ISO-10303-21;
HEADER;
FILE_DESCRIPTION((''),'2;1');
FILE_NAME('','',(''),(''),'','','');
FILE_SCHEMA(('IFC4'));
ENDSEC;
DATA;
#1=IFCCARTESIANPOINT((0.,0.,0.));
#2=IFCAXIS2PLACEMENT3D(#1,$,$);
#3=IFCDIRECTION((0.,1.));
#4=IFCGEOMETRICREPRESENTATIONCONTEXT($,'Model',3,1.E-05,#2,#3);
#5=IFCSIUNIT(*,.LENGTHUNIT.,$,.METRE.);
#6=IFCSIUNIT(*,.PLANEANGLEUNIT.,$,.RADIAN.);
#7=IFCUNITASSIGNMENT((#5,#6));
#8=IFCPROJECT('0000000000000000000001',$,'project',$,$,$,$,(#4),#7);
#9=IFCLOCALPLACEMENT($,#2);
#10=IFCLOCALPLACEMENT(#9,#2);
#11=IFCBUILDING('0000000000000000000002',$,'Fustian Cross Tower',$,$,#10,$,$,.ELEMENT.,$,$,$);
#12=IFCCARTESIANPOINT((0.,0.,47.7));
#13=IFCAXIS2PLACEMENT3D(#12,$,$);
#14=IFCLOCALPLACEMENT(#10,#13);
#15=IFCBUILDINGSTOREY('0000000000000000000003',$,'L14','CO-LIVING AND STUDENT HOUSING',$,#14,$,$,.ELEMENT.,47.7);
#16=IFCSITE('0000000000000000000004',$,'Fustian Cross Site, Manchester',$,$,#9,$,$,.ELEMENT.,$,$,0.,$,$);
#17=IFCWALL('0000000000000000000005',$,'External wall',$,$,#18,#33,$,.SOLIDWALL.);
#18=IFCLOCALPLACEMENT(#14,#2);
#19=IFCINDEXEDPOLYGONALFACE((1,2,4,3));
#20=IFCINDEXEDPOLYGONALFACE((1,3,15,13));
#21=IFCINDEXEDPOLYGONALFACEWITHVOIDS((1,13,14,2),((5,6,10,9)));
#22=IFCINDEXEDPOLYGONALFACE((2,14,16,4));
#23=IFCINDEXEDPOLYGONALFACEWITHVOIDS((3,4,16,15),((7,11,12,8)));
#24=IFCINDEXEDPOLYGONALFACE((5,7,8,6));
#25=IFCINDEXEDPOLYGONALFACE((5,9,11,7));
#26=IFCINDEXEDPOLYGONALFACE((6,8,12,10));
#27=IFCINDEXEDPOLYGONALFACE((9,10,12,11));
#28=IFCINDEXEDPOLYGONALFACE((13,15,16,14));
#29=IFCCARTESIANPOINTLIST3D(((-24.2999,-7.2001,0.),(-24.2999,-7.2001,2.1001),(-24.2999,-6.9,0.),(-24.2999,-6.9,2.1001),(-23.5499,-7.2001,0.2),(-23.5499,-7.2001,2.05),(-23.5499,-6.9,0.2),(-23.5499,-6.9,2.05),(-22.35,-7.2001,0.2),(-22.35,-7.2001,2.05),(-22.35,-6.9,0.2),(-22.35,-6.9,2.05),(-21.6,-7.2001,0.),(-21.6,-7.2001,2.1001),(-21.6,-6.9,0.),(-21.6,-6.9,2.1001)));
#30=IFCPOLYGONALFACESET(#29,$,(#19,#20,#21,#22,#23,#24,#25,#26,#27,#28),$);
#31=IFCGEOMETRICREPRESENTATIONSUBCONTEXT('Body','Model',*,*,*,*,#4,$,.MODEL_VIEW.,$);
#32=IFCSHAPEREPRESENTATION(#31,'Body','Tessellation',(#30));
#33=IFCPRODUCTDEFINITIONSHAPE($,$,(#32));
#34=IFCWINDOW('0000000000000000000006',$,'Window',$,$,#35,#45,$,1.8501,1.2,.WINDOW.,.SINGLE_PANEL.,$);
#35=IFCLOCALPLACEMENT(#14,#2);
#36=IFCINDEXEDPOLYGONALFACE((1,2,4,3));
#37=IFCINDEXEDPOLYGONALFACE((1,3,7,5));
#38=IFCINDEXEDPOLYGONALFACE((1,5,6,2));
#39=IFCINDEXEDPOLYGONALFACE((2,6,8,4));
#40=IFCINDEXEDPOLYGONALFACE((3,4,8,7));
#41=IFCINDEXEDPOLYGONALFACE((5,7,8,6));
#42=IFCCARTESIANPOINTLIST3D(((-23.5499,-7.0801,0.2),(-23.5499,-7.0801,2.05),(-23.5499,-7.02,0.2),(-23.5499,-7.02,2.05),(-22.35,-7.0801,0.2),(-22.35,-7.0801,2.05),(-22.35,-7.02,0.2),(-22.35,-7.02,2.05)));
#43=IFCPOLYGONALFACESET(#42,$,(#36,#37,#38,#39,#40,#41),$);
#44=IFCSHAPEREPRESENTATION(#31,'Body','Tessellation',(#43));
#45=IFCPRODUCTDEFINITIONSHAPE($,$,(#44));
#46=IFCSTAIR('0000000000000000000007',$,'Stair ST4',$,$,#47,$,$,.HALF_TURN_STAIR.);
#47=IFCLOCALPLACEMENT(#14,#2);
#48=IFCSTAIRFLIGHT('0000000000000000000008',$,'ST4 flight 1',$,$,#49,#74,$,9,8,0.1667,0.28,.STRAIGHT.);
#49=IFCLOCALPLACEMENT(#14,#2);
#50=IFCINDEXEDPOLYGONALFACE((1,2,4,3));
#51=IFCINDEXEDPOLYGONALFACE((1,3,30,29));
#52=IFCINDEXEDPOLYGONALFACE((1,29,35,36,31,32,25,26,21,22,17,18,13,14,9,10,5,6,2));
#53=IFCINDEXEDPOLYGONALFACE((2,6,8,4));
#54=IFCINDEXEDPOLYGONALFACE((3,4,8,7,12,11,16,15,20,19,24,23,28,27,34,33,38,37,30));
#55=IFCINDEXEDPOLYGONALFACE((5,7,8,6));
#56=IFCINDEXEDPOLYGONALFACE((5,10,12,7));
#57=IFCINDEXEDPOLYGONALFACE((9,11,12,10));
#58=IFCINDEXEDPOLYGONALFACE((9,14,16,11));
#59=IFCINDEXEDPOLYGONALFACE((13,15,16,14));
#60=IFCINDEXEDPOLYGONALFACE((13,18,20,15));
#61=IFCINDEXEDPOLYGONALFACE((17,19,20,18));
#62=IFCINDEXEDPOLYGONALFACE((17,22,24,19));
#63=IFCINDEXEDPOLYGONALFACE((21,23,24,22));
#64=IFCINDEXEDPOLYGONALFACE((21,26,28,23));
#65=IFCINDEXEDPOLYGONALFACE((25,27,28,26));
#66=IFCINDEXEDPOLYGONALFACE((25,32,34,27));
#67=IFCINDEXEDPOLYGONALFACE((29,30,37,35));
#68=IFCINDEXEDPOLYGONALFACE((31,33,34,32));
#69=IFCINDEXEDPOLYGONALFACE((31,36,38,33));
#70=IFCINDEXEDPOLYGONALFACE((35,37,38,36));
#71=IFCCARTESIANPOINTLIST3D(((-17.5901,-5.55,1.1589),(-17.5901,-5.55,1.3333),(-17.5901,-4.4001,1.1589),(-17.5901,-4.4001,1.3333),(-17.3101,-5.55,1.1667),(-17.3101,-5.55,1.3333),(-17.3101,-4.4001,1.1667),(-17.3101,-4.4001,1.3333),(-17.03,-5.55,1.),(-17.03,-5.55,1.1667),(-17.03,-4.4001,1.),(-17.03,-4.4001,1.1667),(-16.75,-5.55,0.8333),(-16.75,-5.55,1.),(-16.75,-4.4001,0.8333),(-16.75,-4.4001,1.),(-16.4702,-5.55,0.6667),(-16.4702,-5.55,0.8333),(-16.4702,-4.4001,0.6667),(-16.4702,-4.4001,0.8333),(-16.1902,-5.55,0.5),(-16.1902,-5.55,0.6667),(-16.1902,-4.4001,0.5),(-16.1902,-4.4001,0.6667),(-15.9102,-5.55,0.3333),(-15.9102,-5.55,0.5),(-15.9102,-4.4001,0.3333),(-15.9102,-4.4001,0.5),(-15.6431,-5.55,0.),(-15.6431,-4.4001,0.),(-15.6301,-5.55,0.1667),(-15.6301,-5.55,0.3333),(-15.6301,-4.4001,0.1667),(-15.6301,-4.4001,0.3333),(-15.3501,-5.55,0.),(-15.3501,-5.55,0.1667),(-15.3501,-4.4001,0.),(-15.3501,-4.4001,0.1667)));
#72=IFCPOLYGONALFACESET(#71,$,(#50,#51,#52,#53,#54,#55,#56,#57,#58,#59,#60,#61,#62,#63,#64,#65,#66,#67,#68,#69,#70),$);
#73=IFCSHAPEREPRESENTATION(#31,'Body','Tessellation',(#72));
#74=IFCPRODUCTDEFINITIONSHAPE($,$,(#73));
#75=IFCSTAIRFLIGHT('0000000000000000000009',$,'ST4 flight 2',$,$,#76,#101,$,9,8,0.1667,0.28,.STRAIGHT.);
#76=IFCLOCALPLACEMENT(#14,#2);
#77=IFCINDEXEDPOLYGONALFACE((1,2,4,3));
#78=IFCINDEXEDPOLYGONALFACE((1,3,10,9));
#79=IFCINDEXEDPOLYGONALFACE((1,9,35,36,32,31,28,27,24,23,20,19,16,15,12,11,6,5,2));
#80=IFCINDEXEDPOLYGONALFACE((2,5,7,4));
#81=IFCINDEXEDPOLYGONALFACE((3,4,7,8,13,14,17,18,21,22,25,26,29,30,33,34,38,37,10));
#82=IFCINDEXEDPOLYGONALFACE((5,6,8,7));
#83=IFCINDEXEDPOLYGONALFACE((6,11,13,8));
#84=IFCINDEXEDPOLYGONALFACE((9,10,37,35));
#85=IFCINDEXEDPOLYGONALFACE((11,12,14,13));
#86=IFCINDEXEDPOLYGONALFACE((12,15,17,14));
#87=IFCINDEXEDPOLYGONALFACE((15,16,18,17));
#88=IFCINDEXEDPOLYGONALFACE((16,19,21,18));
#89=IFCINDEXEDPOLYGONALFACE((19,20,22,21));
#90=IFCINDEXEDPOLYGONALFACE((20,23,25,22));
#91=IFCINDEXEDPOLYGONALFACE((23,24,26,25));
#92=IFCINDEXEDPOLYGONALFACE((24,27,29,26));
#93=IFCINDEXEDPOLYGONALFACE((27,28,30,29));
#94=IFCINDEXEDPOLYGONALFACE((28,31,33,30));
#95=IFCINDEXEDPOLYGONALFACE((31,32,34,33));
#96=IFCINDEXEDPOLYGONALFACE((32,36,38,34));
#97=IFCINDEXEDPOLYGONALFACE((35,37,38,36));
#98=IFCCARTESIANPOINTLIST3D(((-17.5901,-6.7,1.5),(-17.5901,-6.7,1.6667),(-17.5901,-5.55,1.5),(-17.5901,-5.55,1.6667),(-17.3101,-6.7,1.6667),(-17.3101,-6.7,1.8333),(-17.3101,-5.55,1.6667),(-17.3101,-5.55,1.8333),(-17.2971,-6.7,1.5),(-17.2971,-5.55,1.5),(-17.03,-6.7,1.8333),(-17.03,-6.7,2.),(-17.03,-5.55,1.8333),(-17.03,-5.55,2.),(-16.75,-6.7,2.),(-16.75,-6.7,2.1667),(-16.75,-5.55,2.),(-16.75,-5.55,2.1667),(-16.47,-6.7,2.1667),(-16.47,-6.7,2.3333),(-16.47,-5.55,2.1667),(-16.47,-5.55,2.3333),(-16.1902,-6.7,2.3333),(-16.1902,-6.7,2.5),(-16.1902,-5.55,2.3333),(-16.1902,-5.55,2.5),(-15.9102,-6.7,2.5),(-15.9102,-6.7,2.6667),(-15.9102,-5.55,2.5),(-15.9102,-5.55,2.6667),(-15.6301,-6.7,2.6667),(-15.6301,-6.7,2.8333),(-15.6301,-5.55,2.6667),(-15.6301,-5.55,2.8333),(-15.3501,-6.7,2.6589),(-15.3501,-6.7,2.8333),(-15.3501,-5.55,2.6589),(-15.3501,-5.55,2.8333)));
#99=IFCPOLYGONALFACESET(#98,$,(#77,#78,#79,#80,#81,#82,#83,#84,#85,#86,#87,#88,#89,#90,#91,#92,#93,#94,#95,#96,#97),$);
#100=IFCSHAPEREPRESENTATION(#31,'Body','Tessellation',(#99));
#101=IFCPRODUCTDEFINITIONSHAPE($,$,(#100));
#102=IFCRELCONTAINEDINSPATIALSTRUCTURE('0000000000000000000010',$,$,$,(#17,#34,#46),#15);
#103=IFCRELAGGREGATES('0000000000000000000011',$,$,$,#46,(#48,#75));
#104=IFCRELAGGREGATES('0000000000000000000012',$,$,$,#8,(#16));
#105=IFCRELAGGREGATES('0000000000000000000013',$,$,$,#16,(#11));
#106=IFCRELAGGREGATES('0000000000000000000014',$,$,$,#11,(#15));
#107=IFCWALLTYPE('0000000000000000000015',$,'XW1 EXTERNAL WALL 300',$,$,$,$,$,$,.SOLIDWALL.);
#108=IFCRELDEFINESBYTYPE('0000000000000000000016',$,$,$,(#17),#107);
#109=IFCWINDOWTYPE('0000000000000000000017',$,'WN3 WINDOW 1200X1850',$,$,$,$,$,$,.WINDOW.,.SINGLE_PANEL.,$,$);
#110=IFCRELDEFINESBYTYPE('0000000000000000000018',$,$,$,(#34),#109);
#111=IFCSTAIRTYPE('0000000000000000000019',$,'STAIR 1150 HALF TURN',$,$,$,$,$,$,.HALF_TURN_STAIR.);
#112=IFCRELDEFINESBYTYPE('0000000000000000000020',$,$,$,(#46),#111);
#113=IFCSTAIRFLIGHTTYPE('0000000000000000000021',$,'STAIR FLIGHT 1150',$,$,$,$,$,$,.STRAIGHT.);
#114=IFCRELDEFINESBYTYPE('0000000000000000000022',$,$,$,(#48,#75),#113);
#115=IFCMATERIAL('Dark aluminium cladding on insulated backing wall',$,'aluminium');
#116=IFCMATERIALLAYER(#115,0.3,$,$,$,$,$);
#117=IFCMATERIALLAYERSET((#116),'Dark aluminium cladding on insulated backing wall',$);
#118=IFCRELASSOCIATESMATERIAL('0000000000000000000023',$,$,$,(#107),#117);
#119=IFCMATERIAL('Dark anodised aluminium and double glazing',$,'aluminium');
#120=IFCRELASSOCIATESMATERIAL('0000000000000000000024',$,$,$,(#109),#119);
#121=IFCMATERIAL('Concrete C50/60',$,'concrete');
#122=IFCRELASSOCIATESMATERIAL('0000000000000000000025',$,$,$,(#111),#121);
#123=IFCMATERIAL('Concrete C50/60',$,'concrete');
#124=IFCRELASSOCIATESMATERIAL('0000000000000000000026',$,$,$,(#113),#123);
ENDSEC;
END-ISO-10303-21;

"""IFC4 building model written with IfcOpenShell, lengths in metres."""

from ifc_helpers import new_model, si_unit, direction, frame, frame_2d, origin, place, context, subcontext, project, spatial, polyline, rectangle, outline, extrude, material, layer, layer_set, type_object, element, fill, aggregate, save


model = new_model("IFC4")

# Units and contexts
model_context = context("Model", 3, precision=1e-05, world=origin(), true_north=direction((0.0, 1.0)))
body_context = subcontext(model_context, "Body", "Model", "MODEL_VIEW")
ifc_project = project(units=[si_unit("LENGTHUNIT", "METRE"), si_unit("PLANEANGLEUNIT", "RADIAN")], contexts=[model_context])

# Site, building, storey
site_placement = place(None, origin())
site = spatial("IfcSite", under=ifc_project, at=site_placement, Name="Fustian Cross Site, Manchester", CompositionType="ELEMENT", RefElevation=0.0)
building_placement = place(site_placement, origin())
building = spatial("IfcBuilding", under=site, at=building_placement, Name="Fustian Cross Tower", CompositionType="ELEMENT")
storey_placement = place(building_placement, frame((0.0, 0.0, 47.7)))
storey = spatial("IfcBuildingStorey", under=building, at=storey_placement, Name="L14", Description="CO-LIVING AND STUDENT HOUSING", CompositionType="ELEMENT", Elevation=47.7)

# Wall, opening, window
ifc_material_1 = material(Name="Dark aluminium cladding on insulated backing wall", Category="aluminium")
ifc_layer_1 = layer(ifc_material_1, 0.3)
ifc_layer_set_1 = layer_set([ifc_layer_1], Name="Dark aluminium cladding on insulated backing wall")
wall_type_1 = type_object("IfcWallType", Name="XW1 EXTERNAL WALL 300", PredefinedType="SOLIDWALL", material=ifc_layer_set_1)
wall_1_placement = place(storey_placement, frame((-24.3, -7.05, 0.0), z_axis=(0.0, 0.0, 1.0), x_axis=(1.0, 0.0, 0.0)))
wall_1 = element("IfcWall", 1, at=wall_1_placement, inside=storey, type_object=wall_type_1, Name="External wall", PredefinedType="SOLIDWALL", context=body_context, shape_type="SweptSolid", body=[
    extrude(rectangle(XDim=2.7, YDim=0.3, at=frame_2d((1.3501, 0.0))), origin(), (0.0, 0.0, 1.0), 2.1001),
])
opening_1_placement = place(wall_1_placement, frame((0.75, 0.0, 0.2)))
opening_1 = element("IfcOpeningElement", 2, at=opening_1_placement, cuts=wall_1, PredefinedType="OPENING", context=body_context, shape_type="SweptSolid", body=[
    extrude(rectangle(XDim=1.2, YDim=1.8501, at=frame_2d((0.6001, 0.925))), frame((0.0, 0.1599, 0.0), z_axis=(0.0, -1.0, 0.0), x_axis=(1.0, 0.0, 0.0)), (0.0, 0.0, 1.0), 0.3201),
])
ifc_material_2 = material(Name="Dark anodised aluminium and double glazing", Category="aluminium")
window_type = type_object("IfcWindowType", Name="WN3 WINDOW 1200X1850", PartitioningType="SINGLE_PANEL", PredefinedType="WINDOW", material=ifc_material_2)
window_placement = place(opening_1_placement, origin())
window = element("IfcWindow", 3, at=window_placement, inside=storey, type_object=window_type, Name="Window", OverallHeight=1.8501, OverallWidth=1.2, PartitioningType="SINGLE_PANEL", PredefinedType="WINDOW", context=body_context, shape_type="SweptSolid", body=[
    extrude(rectangle(XDim=1.2, YDim=1.8501, at=frame_2d((0.6001, 0.925))), frame((0.0, 0.03, 0.0), z_axis=(0.0, -1.0, 0.0), x_axis=(1.0, 0.0, 0.0)), (0.0, 0.0, 1.0), 0.0601),
])
fill(opening_1, window)

# Stair, stair flights
ifc_material_3 = material(Name="Concrete C50/60", Category="concrete")
stair_type = type_object("IfcStairType", Name="STAIR 1150 HALF TURN", PredefinedType="HALF_TURN_STAIR", material=ifc_material_3)
stair_placement = place(storey_placement, origin())
stair = element("IfcStair", 4, at=stair_placement, inside=storey, type_object=stair_type, Name="Stair ST4", PredefinedType="HALF_TURN_STAIR")
ifc_material_4 = material(Name="Concrete C50/60", Category="concrete")
stair_flight_type = type_object("IfcStairFlightType", Name="STAIR FLIGHT 1150", PredefinedType="STRAIGHT", material=ifc_material_4)
stair_flight_1_placement = place(storey_placement, frame((-15.3501, -4.9751, 0.0), z_axis=(0.0, 0.0, 1.0), x_axis=(-1.0, 0.0, 0.0)))
stair_flight_1 = element("IfcStairFlight", 5, at=stair_flight_1_placement, type_object=stair_flight_type, Name="ST4 flight 1", NumberOfRisers=9, NumberOfTreads=8, PredefinedType="STRAIGHT", RiserHeight=0.1667, TreadLength=0.28, context=body_context, shape_type="SweptSolid", body=[
    extrude(outline(polyline([(0.0, 0.0), (0.0, 0.1667), (0.28, 0.1667), (0.28, 0.3333), (0.5601, 0.3333), (0.5601, 0.5), (0.8401, 0.5), (0.8401, 0.6667), (1.1201, 0.6667), (1.1201, 0.8333), (1.3999, 0.8333), (1.3999, 1.0), (1.6799, 1.0), (1.6799, 1.1667), (1.96, 1.1667), (1.96, 1.3333), (2.24, 1.3333), (2.24, 1.5), (2.24, 1.1589), (0.293, 0.0), (0.0, 0.0)])), frame((0.0, 0.575, 0.0), z_axis=(0.0, -1.0, 0.0), x_axis=(1.0, 0.0, 0.0)), (0.0, 0.0, 1.0), 1.1499),
])
stair_flight_2_placement = place(storey_placement, frame((-17.5901, -6.125, 1.5), z_axis=(0.0, 0.0, 1.0), x_axis=(1.0, 0.0, 0.0)))
stair_flight_2 = element("IfcStairFlight", 6, at=stair_flight_2_placement, type_object=stair_flight_type, Name="ST4 flight 2", NumberOfRisers=9, NumberOfTreads=8, PredefinedType="STRAIGHT", RiserHeight=0.1667, TreadLength=0.28, context=body_context, shape_type="SweptSolid", body=[
    extrude(outline(polyline([(0.0, 0.0), (0.0, 0.1667), (0.28, 0.1667), (0.28, 0.3333), (0.5601, 0.3333), (0.5601, 0.5), (0.8401, 0.5), (0.8401, 0.6667), (1.1201, 0.6667), (1.1201, 0.8333), (1.3999, 0.8333), (1.3999, 1.0), (1.6799, 1.0), (1.6799, 1.1667), (1.96, 1.1667), (1.96, 1.3333), (2.24, 1.3333), (2.24, 1.5), (2.24, 1.1589), (0.293, 0.0), (0.0, 0.0)])), frame((0.0, 0.575, 0.0), z_axis=(0.0, -1.0, 0.0), x_axis=(1.0, 0.0, 0.0)), (0.0, 0.0, 1.0), 1.1499),
])
aggregate(stair, [stair_flight_1, stair_flight_2])

save(model, "model.ifc")
